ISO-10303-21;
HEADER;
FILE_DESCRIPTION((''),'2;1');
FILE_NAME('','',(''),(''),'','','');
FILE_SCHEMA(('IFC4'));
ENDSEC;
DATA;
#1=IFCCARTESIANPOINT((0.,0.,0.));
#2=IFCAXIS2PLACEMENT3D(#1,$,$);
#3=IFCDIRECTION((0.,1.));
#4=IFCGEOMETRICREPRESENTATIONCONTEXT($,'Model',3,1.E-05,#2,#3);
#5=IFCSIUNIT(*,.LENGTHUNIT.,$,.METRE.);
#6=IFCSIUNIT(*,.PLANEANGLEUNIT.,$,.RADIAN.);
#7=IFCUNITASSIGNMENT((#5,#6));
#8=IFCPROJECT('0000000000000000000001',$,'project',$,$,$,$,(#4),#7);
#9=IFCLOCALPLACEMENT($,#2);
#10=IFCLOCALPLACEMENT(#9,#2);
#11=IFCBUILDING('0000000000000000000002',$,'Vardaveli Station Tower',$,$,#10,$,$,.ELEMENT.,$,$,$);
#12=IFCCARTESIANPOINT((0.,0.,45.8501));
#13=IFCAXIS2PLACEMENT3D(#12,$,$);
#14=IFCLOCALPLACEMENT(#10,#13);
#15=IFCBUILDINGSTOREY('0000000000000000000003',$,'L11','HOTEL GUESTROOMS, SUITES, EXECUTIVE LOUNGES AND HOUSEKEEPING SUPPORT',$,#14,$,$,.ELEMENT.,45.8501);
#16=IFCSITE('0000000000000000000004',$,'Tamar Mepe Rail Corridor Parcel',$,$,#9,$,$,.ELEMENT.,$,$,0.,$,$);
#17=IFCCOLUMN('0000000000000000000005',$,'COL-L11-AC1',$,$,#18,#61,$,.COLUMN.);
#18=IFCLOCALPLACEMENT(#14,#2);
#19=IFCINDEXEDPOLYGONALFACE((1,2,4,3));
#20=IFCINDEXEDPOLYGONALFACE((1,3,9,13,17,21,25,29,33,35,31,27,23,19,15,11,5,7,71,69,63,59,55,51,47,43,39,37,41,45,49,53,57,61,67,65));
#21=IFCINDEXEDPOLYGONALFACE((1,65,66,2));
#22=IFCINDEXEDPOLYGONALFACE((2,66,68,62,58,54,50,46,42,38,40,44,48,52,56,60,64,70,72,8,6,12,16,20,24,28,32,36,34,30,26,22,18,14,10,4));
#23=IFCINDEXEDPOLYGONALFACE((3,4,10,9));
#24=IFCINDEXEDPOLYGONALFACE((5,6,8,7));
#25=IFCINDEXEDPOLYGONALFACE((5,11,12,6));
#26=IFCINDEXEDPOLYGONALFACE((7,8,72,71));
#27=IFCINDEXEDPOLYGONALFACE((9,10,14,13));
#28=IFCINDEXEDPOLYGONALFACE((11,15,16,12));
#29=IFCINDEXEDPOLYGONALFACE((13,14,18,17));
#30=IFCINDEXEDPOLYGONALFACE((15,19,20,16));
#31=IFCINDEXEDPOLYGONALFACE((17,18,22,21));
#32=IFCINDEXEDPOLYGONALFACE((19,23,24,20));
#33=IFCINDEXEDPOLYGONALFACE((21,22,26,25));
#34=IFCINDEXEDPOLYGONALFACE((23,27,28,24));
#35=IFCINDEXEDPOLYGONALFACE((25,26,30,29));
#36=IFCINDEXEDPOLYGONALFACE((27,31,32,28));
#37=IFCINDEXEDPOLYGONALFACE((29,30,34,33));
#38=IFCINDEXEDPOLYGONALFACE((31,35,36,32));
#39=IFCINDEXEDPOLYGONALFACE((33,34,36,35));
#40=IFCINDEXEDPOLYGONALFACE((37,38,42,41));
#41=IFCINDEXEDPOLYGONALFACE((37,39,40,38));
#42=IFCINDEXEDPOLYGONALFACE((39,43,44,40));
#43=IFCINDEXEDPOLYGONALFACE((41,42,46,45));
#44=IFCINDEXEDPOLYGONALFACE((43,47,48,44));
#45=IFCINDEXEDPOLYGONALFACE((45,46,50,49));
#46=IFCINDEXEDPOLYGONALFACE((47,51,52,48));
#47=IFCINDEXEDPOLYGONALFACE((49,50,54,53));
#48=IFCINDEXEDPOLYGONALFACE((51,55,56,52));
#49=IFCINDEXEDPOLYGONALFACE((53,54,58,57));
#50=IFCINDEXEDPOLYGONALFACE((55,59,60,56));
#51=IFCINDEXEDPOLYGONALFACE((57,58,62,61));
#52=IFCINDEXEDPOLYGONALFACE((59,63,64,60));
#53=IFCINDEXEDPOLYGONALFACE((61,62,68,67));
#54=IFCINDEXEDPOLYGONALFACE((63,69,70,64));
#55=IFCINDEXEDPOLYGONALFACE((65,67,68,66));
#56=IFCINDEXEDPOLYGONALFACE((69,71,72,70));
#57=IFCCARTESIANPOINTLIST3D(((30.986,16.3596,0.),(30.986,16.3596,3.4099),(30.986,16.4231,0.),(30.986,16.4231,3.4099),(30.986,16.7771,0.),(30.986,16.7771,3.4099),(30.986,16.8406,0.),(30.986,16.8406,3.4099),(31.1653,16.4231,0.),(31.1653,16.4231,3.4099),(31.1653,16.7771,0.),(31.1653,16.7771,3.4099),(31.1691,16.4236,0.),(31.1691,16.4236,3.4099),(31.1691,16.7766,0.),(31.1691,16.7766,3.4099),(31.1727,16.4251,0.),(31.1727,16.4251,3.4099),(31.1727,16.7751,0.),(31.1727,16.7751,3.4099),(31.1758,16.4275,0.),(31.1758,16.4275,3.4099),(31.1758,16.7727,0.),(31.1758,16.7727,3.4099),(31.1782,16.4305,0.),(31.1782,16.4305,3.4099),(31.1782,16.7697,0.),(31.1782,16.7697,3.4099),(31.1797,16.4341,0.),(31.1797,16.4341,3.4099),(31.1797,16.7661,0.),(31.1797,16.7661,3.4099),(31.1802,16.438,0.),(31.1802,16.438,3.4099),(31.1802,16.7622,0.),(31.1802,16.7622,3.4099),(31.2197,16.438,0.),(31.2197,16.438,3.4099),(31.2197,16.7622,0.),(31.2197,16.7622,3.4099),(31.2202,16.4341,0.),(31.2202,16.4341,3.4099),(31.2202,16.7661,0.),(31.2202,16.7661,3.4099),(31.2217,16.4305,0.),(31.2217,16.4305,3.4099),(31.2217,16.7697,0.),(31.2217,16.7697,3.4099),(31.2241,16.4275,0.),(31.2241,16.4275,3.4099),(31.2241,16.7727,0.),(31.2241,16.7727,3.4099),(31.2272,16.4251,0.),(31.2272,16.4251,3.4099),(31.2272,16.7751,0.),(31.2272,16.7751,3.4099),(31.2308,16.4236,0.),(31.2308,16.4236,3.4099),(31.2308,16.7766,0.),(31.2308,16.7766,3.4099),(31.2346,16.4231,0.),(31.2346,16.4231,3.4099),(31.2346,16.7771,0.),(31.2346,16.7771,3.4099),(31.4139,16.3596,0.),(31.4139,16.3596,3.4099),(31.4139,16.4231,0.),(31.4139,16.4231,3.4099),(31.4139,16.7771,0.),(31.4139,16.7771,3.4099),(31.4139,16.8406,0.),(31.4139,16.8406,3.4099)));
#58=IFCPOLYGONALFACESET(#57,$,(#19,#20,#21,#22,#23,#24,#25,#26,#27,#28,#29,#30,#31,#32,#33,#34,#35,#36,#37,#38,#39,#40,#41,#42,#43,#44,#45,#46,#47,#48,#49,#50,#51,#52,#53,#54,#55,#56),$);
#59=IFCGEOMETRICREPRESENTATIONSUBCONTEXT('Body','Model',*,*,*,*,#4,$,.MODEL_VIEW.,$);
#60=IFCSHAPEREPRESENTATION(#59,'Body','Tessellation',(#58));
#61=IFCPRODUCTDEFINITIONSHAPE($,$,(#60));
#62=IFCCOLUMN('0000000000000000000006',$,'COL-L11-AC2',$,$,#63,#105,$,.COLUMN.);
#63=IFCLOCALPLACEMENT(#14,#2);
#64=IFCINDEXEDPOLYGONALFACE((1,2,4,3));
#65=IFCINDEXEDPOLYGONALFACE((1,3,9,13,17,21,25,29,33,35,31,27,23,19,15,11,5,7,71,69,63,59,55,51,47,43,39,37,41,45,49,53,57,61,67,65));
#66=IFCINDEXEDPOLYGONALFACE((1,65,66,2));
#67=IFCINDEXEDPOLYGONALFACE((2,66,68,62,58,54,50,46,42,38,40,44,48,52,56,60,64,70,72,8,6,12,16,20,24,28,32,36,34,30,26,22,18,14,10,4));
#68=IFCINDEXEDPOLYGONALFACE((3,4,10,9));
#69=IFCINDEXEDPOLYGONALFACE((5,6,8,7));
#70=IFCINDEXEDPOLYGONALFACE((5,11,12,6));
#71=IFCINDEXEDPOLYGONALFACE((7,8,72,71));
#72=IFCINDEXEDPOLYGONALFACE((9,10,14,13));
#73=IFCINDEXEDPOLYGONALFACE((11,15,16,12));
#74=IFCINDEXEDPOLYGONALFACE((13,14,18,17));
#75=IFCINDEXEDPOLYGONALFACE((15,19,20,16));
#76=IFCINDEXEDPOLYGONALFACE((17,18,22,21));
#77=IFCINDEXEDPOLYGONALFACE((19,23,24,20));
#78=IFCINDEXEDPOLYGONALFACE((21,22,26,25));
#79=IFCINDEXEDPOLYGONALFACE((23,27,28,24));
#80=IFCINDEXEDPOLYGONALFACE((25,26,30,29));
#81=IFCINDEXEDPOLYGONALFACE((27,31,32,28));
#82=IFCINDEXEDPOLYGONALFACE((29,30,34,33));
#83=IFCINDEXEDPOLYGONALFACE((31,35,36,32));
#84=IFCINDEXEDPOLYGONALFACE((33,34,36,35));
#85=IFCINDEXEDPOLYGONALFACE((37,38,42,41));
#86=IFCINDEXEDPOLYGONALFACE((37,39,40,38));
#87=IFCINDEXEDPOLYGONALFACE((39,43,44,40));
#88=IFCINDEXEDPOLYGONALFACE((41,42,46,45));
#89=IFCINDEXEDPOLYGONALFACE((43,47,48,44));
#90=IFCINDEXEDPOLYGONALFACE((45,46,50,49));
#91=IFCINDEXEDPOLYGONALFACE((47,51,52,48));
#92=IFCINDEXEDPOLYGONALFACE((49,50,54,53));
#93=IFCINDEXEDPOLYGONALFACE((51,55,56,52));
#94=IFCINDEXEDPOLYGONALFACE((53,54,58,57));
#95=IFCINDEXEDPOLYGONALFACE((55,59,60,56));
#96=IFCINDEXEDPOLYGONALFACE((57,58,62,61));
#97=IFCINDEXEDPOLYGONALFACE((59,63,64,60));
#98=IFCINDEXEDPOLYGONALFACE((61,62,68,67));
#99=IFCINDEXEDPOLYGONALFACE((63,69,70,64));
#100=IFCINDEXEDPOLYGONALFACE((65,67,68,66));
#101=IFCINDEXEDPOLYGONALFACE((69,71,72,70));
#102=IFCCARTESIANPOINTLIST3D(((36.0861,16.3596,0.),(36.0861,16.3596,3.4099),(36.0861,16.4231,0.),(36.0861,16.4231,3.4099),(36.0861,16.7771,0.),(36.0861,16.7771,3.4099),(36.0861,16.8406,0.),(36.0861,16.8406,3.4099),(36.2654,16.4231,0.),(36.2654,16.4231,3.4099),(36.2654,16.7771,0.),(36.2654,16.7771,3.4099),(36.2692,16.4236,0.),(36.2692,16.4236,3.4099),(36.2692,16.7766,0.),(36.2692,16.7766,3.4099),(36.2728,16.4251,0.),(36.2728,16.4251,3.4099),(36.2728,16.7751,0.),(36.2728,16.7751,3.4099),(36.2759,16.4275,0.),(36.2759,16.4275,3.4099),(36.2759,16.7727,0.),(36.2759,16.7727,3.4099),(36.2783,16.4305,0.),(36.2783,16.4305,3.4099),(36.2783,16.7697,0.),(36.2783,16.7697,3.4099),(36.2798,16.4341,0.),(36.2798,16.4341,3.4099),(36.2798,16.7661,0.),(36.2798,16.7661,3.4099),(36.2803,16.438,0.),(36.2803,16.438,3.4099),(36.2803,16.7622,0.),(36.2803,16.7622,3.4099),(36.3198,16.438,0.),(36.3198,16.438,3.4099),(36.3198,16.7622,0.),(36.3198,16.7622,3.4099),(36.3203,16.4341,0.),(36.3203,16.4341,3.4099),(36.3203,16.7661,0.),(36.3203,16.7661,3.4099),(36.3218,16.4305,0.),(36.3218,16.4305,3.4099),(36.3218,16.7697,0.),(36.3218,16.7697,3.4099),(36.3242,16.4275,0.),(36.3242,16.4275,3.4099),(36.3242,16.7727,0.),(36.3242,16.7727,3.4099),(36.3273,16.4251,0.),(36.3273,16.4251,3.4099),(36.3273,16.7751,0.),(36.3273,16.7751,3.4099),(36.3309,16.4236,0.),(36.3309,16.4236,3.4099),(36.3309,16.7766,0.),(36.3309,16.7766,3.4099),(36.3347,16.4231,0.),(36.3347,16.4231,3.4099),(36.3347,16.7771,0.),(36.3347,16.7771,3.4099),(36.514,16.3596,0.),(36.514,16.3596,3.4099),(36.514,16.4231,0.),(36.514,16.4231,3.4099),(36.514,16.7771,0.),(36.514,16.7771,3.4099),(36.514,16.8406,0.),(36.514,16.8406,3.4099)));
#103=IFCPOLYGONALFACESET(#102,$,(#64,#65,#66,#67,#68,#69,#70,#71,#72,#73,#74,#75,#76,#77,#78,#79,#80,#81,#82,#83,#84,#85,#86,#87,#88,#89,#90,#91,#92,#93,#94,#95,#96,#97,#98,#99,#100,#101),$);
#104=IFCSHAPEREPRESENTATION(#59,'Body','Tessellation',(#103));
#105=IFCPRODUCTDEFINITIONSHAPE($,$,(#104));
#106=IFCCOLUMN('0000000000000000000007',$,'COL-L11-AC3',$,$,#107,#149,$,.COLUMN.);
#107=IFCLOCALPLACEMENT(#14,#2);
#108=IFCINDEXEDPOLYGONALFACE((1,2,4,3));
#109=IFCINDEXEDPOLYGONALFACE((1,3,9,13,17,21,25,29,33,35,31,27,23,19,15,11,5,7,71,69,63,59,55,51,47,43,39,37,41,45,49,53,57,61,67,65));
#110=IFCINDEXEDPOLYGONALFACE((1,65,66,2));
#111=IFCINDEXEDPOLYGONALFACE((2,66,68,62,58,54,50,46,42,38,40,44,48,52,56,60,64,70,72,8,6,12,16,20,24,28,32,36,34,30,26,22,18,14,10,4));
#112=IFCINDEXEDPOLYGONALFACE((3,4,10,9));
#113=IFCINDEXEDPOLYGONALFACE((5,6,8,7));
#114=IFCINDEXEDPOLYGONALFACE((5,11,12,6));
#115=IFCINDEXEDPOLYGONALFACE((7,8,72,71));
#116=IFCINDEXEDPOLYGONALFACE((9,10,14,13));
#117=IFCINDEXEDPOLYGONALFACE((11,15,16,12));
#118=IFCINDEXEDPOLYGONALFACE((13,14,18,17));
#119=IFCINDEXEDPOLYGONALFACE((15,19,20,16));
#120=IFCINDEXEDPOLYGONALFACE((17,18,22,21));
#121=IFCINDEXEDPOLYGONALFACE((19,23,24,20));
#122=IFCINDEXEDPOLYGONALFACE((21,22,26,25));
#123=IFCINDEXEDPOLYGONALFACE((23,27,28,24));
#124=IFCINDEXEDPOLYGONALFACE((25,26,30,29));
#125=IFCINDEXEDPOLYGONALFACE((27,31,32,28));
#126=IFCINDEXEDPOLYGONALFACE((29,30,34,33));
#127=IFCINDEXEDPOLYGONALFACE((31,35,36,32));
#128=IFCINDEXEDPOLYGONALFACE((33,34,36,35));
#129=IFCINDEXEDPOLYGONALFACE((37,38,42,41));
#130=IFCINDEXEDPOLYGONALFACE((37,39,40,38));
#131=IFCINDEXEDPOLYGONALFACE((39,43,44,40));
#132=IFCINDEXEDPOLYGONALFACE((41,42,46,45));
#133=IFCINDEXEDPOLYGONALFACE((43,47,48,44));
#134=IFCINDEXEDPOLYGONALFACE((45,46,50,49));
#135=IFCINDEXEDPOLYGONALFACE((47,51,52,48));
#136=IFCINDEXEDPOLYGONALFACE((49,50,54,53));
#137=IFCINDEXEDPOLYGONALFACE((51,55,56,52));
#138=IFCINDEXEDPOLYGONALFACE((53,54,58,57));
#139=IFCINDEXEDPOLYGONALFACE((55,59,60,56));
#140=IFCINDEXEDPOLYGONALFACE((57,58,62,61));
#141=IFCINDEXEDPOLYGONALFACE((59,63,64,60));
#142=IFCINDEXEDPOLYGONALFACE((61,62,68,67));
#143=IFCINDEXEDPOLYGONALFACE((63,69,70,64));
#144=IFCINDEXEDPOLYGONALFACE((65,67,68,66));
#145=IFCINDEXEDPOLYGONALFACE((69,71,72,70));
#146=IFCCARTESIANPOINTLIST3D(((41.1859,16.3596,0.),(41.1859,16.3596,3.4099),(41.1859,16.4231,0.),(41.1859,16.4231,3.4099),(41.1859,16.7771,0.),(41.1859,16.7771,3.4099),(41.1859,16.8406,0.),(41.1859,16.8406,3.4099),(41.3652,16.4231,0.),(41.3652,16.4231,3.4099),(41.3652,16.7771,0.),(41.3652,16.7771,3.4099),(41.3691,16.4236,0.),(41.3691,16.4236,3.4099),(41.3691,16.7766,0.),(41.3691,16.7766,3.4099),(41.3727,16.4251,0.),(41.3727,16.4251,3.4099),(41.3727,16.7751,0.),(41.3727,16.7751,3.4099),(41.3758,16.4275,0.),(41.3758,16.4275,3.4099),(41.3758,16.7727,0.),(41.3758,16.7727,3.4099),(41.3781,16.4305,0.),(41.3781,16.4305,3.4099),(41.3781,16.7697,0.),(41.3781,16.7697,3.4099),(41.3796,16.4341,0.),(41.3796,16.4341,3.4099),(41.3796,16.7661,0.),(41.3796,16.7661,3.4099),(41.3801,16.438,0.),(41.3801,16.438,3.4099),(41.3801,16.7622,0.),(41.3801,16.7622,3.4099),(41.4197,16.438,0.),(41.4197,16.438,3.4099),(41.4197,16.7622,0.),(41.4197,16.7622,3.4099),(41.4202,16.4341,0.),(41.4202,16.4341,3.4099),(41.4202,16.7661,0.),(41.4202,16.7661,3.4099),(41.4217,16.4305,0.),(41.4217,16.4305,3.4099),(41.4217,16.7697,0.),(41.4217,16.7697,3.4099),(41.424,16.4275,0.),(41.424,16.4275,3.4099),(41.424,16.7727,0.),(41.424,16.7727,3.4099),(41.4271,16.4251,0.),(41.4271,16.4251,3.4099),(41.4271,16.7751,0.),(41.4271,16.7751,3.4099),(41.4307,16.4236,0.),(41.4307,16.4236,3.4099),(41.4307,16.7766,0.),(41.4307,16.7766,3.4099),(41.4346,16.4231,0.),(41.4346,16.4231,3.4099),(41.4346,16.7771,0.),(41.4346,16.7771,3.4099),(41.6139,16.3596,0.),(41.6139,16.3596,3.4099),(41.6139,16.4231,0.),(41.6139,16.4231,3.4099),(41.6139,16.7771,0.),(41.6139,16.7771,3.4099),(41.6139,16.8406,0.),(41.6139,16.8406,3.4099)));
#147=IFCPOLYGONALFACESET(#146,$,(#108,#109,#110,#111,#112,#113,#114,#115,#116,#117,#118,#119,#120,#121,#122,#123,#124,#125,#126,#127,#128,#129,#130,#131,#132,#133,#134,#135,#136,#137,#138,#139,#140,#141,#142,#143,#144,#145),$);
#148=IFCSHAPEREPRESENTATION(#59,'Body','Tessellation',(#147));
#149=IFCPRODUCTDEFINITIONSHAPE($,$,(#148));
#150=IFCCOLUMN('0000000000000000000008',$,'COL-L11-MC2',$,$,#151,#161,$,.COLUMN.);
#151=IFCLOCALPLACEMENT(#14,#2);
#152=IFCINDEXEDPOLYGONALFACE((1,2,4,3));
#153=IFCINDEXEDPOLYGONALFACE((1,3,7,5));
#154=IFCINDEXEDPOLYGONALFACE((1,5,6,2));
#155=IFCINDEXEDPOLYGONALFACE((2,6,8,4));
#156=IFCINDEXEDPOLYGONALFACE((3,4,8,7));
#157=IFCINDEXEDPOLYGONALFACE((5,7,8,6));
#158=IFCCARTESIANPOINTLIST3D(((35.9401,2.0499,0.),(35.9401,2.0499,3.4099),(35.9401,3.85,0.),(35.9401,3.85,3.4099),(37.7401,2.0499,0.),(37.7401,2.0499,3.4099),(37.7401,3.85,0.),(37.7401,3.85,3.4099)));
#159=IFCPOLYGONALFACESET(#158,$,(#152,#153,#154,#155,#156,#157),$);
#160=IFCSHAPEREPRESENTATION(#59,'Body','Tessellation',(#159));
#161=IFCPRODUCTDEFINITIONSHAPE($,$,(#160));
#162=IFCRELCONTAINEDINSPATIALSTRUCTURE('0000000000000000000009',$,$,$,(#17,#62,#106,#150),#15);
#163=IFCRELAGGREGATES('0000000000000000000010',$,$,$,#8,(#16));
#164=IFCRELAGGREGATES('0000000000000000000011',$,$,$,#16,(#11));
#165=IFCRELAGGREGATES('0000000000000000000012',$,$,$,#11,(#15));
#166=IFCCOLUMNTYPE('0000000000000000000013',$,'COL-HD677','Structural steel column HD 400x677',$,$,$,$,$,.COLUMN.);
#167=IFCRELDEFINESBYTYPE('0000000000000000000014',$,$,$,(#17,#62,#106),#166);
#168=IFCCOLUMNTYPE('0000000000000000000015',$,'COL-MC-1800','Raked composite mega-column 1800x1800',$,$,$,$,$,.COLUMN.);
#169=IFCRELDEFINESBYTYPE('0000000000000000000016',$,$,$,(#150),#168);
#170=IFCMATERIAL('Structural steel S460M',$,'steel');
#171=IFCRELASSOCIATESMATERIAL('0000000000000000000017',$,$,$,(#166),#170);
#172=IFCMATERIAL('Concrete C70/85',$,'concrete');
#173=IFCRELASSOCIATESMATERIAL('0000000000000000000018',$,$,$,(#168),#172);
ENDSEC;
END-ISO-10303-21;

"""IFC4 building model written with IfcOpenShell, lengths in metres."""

from ifc_helpers import new_model, si_unit, direction, frame, origin, origin_2d, place, context, subcontext, project, spatial, rectangle, i_section, extrude, source, transform, mapped, material, material_profile, profile_set, type_object, element, save


model = new_model("IFC4")

# Units and contexts
model_context = context("Model", 3, precision=1e-05, world=origin(), true_north=direction((0.0, 1.0)))
body_context = subcontext(model_context, "Body", "Model", "MODEL_VIEW")
ifc_project = project(units=[si_unit("LENGTHUNIT", "METRE"), si_unit("PLANEANGLEUNIT", "RADIAN")], contexts=[model_context])

# Site, building, storey
site_placement = place(None, origin())
site = spatial("IfcSite", under=ifc_project, at=site_placement, Name="Tamar Mepe Rail Corridor Parcel", CompositionType="ELEMENT", RefElevation=0.0)
building_placement = place(site_placement, origin())
building = spatial("IfcBuilding", under=site, at=building_placement, Name="Vardaveli Station Tower", CompositionType="ELEMENT")
storey_placement = place(building_placement, frame((0.0, 0.0, 45.8501)))
storey = spatial("IfcBuildingStorey", under=building, at=storey_placement, Name="L11", Description="HOTEL GUESTROOMS, SUITES, EXECUTIVE LOUNGES AND HOUSEKEEPING SUPPORT", CompositionType="ELEMENT", Elevation=45.8501)

# Columns
ifc_material_1 = material(Name="Structural steel S460M", Category="steel")
ifc_material_profile_1 = material_profile(ifc_material_1, i_section(OverallWidth=0.428, OverallDepth=0.481, WebThickness=0.0396, FlangeThickness=0.0635, FilletRadius=0.0149, at=origin_2d()), Name="HD 400x677")
ifc_profile_set_1 = profile_set([ifc_material_profile_1], Name="Structural steel S460M")
column_type_1 = type_object("IfcColumnType", Name="COL-HD677", Description="Structural steel column HD 400x677", PredefinedType="COLUMN", material=ifc_profile_set_1)
shared_shape_1 = source(origin(), body_context, "Body", "SweptSolid", [
    extrude(i_section(OverallWidth=0.428, OverallDepth=0.481, WebThickness=0.0396, FlangeThickness=0.0635, FilletRadius=0.0149, at=origin_2d()), origin(), (0.0, 0.0, 1.0), 3.4099),
])
for number, where, z_axis, x_axis, name in (
    (1, (31.2, 16.6001, 0.0), (0.0, 0.0, 1.0), (1.0, 0.0, 0.0), "COL-L11-AC1"),
    (2, (36.3, 16.6001, 0.0), (0.0, 0.0, 1.0), (1.0, 0.0, 0.0), "COL-L11-AC2"),
    (3, (41.3999, 16.6001, 0.0), (0.0, 0.0, 1.0), (1.0, 0.0, 0.0), "COL-L11-AC3"),
):
    element("IfcColumn", number, at=place(storey_placement, frame(where, z_axis=z_axis, x_axis=x_axis)), inside=storey, type_object=column_type_1, Name=name, PredefinedType="COLUMN", context=body_context, shape_type="MappedRepresentation", body=[
        mapped(shared_shape_1, transform((0.0, 0.0, 0.0), scale=1.0)),
    ])
ifc_material_2 = material(Name="Concrete C70/85", Category="concrete")
ifc_material_profile_2 = material_profile(ifc_material_2, rectangle(XDim=1.8, YDim=1.8, at=origin_2d()), Name="MC 1800x1800")
ifc_profile_set_2 = profile_set([ifc_material_profile_2], Name="Concrete C70/85")
column_type_2 = type_object("IfcColumnType", Name="COL-MC-1800", Description="Raked composite mega-column 1800x1800", PredefinedType="COLUMN", material=ifc_profile_set_2)
shared_shape_2 = source(origin(), body_context, "Body", "SweptSolid", [
    extrude(rectangle(XDim=1.8, YDim=1.8, at=origin_2d()), origin(), (0.0, 0.0, 1.0), 3.4099),
])
column_placement = place(storey_placement, frame((36.8401, 2.95, 0.0), z_axis=(0.0, 0.0, 1.0), x_axis=(1.0, 0.0, 0.0)))
element("IfcColumn", 4, at=column_placement, inside=storey, type_object=column_type_2, Name="COL-L11-MC2", PredefinedType="COLUMN", context=body_context, shape_type="MappedRepresentation", body=[
    mapped(shared_shape_2, transform((0.0, 0.0, 0.0), scale=1.0)),
])

save(model, "model.ifc")
